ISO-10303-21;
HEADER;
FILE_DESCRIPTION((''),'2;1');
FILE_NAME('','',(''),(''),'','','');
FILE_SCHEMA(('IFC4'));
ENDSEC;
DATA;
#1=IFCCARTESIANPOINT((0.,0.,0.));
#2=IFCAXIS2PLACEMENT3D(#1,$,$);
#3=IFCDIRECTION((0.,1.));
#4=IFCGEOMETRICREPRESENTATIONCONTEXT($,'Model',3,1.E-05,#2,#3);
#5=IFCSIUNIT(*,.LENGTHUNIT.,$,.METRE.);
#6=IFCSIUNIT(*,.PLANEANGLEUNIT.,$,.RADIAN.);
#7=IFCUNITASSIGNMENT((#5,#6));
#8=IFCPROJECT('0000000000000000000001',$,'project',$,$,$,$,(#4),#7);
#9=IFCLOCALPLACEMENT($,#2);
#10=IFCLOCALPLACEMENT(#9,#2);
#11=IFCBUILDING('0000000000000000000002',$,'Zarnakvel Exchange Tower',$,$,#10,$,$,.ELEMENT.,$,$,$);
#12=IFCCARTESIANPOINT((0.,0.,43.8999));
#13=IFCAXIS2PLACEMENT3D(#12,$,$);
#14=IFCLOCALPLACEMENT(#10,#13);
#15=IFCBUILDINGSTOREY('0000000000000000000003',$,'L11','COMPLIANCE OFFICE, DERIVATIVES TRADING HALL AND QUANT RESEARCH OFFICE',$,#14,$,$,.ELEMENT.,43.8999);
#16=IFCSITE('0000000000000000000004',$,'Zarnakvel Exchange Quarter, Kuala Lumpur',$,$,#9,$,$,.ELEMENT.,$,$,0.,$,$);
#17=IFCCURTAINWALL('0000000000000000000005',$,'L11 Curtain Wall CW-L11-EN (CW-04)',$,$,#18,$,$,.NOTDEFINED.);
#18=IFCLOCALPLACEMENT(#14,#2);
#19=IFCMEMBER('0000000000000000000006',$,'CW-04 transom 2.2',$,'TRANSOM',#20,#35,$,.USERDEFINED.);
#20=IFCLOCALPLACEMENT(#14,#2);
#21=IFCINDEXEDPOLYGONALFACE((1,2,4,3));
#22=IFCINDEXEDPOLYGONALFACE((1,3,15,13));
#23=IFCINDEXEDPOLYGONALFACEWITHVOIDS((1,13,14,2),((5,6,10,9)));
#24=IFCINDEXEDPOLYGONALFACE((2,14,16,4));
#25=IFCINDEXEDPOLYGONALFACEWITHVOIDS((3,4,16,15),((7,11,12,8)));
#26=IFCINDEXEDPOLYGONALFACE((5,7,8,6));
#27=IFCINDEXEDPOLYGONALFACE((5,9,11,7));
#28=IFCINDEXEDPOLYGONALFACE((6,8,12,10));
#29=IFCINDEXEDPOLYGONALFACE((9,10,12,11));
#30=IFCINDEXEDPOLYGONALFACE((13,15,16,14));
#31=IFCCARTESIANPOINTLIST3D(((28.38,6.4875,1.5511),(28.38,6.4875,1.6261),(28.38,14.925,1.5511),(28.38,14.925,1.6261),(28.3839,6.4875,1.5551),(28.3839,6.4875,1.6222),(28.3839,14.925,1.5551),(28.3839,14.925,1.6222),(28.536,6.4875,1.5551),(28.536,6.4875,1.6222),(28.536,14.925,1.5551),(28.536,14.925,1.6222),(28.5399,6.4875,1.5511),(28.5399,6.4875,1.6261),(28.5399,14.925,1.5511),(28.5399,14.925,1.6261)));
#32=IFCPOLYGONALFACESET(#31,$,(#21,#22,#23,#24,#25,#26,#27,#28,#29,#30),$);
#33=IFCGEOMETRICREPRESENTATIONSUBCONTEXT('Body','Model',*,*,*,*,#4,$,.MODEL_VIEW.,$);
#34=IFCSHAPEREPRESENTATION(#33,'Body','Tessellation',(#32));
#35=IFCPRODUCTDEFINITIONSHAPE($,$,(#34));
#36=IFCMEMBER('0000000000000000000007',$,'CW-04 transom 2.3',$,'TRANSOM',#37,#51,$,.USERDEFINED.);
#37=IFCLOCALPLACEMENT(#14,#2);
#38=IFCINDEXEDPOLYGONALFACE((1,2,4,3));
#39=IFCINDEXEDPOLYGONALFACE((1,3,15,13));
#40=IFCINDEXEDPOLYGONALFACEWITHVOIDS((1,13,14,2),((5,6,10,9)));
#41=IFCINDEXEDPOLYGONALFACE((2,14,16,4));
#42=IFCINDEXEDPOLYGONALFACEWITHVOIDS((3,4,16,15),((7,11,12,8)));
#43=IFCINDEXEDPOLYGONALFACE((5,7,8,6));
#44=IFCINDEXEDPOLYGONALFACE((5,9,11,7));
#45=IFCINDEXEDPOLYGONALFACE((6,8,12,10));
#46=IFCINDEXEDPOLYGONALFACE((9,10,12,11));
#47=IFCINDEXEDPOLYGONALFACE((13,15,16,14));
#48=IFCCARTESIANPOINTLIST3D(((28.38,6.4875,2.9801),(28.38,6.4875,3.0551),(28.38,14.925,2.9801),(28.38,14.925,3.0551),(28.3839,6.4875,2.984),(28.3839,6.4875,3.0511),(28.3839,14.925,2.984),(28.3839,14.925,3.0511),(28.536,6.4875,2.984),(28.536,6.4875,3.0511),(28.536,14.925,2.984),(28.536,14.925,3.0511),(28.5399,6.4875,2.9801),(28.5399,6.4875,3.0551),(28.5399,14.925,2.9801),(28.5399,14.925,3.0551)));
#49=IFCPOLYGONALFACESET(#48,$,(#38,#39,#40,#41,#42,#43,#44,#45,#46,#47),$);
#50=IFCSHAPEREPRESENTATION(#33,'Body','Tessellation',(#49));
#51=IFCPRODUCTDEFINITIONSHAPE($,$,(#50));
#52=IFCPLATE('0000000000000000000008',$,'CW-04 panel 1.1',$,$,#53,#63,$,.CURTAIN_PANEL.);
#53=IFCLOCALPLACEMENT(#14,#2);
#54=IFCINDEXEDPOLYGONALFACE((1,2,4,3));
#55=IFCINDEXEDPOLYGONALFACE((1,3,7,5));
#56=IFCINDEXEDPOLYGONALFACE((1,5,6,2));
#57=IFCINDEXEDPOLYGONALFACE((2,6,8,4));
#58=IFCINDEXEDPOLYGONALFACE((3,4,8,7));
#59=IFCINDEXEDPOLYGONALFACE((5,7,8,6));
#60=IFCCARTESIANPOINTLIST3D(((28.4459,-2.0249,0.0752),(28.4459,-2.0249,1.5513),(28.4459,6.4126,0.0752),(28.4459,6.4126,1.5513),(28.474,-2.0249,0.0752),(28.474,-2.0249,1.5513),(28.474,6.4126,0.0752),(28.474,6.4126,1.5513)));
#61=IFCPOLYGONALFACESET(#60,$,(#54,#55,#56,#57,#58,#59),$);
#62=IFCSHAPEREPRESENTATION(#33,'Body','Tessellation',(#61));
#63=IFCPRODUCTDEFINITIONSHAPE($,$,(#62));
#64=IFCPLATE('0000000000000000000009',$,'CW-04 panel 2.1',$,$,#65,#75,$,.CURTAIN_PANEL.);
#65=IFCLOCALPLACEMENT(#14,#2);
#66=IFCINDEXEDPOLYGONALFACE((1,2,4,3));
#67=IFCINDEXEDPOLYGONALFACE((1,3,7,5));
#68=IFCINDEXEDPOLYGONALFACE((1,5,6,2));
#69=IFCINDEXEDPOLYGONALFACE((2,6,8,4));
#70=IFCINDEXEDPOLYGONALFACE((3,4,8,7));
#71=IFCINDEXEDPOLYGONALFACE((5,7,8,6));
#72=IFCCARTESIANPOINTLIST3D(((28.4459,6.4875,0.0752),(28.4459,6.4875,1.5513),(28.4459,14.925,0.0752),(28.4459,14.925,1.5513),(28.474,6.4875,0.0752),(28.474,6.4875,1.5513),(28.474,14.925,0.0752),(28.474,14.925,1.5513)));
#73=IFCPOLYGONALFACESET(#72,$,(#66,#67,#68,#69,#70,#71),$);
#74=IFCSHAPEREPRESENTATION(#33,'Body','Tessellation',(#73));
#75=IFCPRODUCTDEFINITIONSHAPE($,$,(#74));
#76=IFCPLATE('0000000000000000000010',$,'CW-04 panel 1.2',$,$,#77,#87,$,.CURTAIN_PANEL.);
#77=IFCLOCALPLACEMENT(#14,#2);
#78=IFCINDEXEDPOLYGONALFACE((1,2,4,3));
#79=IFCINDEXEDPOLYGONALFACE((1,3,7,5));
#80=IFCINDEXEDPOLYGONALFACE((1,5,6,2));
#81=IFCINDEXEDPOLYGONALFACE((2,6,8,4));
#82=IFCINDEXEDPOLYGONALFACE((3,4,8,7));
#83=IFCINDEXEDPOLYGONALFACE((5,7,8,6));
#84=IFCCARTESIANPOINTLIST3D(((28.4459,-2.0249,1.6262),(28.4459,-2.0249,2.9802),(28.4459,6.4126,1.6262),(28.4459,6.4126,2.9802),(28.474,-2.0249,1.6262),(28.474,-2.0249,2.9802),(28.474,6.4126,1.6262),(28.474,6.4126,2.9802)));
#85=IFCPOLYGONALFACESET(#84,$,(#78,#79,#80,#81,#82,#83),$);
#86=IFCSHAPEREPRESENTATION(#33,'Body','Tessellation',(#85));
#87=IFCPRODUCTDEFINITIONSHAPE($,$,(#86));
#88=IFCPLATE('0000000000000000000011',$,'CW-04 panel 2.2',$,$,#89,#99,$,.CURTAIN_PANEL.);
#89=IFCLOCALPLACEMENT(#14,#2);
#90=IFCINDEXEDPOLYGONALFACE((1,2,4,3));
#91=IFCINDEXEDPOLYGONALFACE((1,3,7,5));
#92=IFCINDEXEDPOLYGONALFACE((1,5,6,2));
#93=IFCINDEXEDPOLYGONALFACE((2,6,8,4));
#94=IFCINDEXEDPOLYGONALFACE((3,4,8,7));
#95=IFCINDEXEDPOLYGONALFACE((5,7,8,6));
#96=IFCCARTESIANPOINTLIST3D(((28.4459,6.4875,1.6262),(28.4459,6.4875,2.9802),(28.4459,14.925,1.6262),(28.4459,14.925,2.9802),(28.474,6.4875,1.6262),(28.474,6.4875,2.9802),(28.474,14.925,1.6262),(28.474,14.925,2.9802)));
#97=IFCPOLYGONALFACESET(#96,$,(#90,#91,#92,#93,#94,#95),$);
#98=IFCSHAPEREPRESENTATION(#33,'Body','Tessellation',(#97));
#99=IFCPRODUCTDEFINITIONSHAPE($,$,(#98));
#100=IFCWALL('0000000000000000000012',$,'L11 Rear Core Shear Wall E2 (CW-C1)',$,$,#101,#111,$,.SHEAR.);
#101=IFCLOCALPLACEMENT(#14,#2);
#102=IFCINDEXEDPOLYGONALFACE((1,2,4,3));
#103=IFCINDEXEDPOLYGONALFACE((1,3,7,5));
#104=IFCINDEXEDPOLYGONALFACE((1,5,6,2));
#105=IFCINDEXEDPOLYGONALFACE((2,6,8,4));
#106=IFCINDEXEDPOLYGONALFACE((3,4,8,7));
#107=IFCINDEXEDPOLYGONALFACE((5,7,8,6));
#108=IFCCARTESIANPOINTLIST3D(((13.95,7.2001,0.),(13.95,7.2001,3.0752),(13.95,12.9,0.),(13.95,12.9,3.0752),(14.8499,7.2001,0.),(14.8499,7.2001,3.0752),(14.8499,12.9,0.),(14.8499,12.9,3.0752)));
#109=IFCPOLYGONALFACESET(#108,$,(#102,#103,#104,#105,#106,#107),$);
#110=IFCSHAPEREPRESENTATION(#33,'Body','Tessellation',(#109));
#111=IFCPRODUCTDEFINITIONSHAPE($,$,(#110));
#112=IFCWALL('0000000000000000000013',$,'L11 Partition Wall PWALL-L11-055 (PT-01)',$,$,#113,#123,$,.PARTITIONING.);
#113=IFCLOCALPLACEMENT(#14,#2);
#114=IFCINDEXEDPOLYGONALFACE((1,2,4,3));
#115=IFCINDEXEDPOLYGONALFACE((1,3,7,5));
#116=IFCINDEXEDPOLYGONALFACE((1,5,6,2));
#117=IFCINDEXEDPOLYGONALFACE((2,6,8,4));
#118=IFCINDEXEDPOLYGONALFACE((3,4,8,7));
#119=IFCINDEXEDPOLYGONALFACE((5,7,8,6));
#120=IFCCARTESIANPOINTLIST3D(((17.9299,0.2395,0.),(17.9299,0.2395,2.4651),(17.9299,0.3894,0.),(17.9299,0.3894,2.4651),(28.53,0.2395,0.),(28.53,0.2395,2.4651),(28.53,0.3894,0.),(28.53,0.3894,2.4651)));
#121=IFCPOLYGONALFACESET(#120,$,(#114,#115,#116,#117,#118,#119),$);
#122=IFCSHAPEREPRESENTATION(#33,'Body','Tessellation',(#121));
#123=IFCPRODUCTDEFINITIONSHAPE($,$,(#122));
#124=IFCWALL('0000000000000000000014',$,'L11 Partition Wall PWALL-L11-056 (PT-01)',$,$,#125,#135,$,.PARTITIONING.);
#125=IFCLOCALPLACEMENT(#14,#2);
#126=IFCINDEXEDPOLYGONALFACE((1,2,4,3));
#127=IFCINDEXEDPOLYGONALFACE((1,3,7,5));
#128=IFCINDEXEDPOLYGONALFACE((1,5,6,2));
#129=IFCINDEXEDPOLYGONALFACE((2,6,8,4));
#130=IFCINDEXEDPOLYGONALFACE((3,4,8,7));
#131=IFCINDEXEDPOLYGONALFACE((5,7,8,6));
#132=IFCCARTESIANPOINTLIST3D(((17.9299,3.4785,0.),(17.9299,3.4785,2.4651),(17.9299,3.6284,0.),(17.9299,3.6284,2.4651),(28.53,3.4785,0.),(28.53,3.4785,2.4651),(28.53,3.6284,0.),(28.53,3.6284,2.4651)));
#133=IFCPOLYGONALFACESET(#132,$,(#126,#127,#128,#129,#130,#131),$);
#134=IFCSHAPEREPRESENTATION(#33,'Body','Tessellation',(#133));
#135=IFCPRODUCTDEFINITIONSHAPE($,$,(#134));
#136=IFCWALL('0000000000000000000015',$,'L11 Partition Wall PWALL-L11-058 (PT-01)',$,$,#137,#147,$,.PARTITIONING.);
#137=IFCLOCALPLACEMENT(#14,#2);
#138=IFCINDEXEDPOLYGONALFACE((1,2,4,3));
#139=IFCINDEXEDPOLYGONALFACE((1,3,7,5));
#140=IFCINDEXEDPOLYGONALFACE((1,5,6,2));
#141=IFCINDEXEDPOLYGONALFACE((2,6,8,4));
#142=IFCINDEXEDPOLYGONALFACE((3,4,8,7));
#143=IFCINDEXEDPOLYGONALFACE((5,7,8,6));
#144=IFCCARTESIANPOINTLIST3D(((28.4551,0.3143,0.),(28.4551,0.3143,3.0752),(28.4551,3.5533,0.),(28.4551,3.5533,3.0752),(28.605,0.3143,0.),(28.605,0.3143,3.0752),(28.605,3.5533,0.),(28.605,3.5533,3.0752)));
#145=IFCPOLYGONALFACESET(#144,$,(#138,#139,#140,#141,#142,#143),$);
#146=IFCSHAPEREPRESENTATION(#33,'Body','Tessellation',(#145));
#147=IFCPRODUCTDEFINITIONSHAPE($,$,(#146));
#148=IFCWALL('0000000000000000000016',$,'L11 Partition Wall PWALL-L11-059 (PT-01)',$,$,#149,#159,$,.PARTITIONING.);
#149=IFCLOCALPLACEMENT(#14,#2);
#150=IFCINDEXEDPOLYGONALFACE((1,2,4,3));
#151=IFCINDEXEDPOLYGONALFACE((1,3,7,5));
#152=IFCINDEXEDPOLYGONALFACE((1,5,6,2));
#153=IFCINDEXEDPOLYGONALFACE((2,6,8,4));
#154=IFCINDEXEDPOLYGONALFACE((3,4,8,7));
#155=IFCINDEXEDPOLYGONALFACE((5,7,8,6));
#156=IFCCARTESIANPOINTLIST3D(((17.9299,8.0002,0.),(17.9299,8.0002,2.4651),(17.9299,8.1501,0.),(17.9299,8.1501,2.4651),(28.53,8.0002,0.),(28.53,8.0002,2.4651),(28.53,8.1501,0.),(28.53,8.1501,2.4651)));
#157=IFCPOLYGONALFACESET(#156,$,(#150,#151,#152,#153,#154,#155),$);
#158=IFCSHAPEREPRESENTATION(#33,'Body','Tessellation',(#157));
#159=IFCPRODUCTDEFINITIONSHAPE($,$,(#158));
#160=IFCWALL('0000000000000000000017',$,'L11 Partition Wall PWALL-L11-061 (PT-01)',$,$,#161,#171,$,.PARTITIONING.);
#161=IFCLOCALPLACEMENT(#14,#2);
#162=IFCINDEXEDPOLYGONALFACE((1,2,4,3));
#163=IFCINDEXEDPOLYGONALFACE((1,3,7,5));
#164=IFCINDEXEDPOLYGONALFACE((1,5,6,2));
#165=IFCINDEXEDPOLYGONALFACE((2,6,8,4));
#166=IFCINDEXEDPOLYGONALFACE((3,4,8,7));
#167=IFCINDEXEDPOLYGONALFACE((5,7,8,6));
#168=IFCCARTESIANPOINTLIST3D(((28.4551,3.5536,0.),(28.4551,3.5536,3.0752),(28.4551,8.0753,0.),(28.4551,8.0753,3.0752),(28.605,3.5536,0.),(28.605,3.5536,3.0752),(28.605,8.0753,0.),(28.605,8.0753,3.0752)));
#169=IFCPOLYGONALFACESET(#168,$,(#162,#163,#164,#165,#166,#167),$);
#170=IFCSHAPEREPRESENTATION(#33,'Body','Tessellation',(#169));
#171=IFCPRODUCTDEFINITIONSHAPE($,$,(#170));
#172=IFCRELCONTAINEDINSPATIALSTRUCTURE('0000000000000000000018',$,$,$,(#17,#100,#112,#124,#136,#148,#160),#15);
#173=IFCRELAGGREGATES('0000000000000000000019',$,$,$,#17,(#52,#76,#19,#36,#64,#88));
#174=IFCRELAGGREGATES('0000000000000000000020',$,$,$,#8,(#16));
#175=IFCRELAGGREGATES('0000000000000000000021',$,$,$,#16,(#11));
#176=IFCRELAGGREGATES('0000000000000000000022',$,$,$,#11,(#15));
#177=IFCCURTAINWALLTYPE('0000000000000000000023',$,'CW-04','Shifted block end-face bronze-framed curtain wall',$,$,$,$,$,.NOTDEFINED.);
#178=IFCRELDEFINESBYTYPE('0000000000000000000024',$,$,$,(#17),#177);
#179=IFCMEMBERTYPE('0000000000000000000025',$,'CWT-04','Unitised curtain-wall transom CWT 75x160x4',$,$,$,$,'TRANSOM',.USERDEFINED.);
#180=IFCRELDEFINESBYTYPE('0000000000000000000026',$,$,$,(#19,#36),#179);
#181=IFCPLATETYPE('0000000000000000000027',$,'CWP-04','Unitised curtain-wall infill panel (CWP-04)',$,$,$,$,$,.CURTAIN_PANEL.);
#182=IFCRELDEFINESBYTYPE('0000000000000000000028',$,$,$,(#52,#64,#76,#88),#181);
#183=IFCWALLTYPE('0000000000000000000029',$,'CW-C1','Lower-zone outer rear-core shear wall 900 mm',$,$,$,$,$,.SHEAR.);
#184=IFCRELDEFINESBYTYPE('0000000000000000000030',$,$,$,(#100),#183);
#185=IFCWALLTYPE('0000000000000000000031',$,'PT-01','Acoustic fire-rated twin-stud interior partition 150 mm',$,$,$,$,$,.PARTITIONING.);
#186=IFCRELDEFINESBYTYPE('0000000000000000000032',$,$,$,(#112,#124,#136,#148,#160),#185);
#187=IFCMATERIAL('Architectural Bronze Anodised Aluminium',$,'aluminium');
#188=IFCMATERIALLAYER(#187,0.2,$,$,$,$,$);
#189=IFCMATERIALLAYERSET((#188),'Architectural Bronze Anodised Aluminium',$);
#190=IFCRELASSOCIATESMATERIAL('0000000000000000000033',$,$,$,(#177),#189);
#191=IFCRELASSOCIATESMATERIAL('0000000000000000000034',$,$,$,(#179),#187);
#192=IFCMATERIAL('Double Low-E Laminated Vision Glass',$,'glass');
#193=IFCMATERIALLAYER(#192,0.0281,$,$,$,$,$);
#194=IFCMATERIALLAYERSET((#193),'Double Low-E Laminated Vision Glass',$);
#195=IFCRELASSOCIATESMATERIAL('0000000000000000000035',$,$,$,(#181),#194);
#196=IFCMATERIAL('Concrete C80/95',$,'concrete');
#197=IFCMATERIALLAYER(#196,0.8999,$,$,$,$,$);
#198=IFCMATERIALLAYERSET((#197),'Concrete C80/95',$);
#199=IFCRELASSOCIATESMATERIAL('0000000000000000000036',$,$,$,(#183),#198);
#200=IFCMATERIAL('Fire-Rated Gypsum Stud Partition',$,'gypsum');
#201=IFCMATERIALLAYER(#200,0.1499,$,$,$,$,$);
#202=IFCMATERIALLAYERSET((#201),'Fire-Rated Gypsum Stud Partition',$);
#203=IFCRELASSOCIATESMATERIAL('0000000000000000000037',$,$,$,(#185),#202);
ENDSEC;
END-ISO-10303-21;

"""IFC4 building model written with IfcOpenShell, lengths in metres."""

from ifc_helpers import new_model, si_unit, direction, frame, frame_2d, origin, origin_2d, place, context, subcontext, project, spatial, rectangle, hollow_rectangle, extrude, source, transform, mapped, material, layer, layer_set, material_profile, profile_set, type_object, element, aggregate, save


model = new_model("IFC4")

# Units and contexts
model_context = context("Model", 3, precision=1e-05, world=origin(), true_north=direction((0.0, 1.0)))
body_context = subcontext(model_context, "Body", "Model", "MODEL_VIEW")
ifc_project = project(units=[si_unit("LENGTHUNIT", "METRE"), si_unit("PLANEANGLEUNIT", "RADIAN")], contexts=[model_context])

# Site, building, storey
site_placement = place(None, origin())
site = spatial("IfcSite", under=ifc_project, at=site_placement, Name="Zarnakvel Exchange Quarter, Kuala Lumpur", CompositionType="ELEMENT", RefElevation=0.0)
building_placement = place(site_placement, origin())
building = spatial("IfcBuilding", under=site, at=building_placement, Name="Zarnakvel Exchange Tower", CompositionType="ELEMENT")
storey_placement = place(building_placement, frame((0.0, 0.0, 43.8999)))
storey = spatial("IfcBuildingStorey", under=building, at=storey_placement, Name="L11", Description="COMPLIANCE OFFICE, DERIVATIVES TRADING HALL AND QUANT RESEARCH OFFICE", CompositionType="ELEMENT", Elevation=43.8999)

# Shared definitions
ifc_material_1 = material(Name="Concrete C80/95", Category="concrete")

# Curtain wall, members, plates
ifc_material_2 = material(Name="Architectural Bronze Anodised Aluminium", Category="aluminium")
ifc_layer_1 = layer(ifc_material_2, 0.2)
ifc_layer_set_1 = layer_set([ifc_layer_1], Name="Architectural Bronze Anodised Aluminium")
curtain_wall_type = type_object("IfcCurtainWallType", Name="CW-04", Description="Shifted block end-face bronze-framed curtain wall", PredefinedType="NOTDEFINED", material=ifc_layer_set_1)
curtain_wall_placement = place(storey_placement, origin())
curtain_wall = element("IfcCurtainWall", 1, at=curtain_wall_placement, inside=storey, type_object=curtain_wall_type, Name="L11 Curtain Wall CW-L11-EN (CW-04)", PredefinedType="NOTDEFINED")
ifc_material_profile_1 = material_profile(ifc_material_2, hollow_rectangle(XDim=0.1599, YDim=0.075, WallThickness=0.0039, at=origin_2d()))
ifc_profile_set_1 = profile_set([ifc_material_profile_1], Name="Architectural Bronze Anodised Aluminium")
member_type_1 = type_object("IfcMemberType", Name="CWT-04", Description="Unitised curtain-wall transom CWT 75x160x4", ElementType="TRANSOM", PredefinedType="USERDEFINED", material=ifc_profile_set_1)
shared_shape_1 = source(origin(), body_context, "Body", "SweptSolid", [
    extrude(hollow_rectangle(XDim=0.1599, YDim=0.075, WallThickness=0.0039, at=origin_2d()), origin(), (0.0, 0.0, 1.0), 8.4375),
])
member_1_placement = place(storey_placement, frame((28.46, 6.4875, 1.5886), z_axis=(0.0, 1.0, 0.0), x_axis=(-1.0, 0.0, 0.0)))
member_1 = element("IfcMember", 2, at=member_1_placement, type_object=member_type_1, Name="CW-04 transom 2.2", ObjectType="TRANSOM", PredefinedType="USERDEFINED", context=body_context, shape_type="MappedRepresentation", body=[
    mapped(shared_shape_1, transform((0.0, 0.0, 0.0), x_axis=(1.0, 0.0, 0.0), y_axis=(0.0, 1.0, 0.0), z_axis=(0.0, 0.0, 1.0), scale=1.0)),
])
member_2_placement = place(storey_placement, frame((28.46, 6.4875, 3.0176), z_axis=(0.0, 1.0, 0.0), x_axis=(-1.0, 0.0, 0.0)))
member_2 = element("IfcMember", 3, at=member_2_placement, type_object=member_type_1, Name="CW-04 transom 2.3", ObjectType="TRANSOM", PredefinedType="USERDEFINED", context=body_context, shape_type="MappedRepresentation", body=[
    mapped(shared_shape_1, transform((0.0, 0.0, 0.0), x_axis=(1.0, 0.0, 0.0), y_axis=(0.0, 1.0, 0.0), z_axis=(0.0, 0.0, 1.0), scale=1.0)),
])
ifc_material_3 = material(Name="Double Low-E Laminated Vision Glass", Category="glass")
ifc_layer_2 = layer(ifc_material_3, 0.0281)
ifc_layer_set_2 = layer_set([ifc_layer_2], Name="Double Low-E Laminated Vision Glass")
plate_type = type_object("IfcPlateType", Name="CWP-04", Description="Unitised curtain-wall infill panel (CWP-04)", PredefinedType="CURTAIN_PANEL", material=ifc_layer_set_2)
shared_shape_2 = source(origin(), body_context, "Body", "SweptSolid", [
    extrude(rectangle(XDim=8.4375, YDim=0.0281, at=origin_2d()), origin(), (0.0, 0.0, 1.0), 1.4761),
])
plate_1_placement = place(storey_placement, frame((28.46, 2.1938, 0.0752), z_axis=(0.0, 0.0, 1.0), x_axis=(0.0, 1.0, 0.0)))
plate_1 = element("IfcPlate", 4, at=plate_1_placement, type_object=plate_type, Name="CW-04 panel 1.1", PredefinedType="CURTAIN_PANEL", context=body_context, shape_type="MappedRepresentation", body=[
    mapped(shared_shape_2, transform((0.0, 0.0, 0.0), x_axis=(1.0, 0.0, 0.0), y_axis=(0.0, 1.0, 0.0), z_axis=(0.0, 0.0, 1.0), scale=1.0)),
])
plate_2_placement = place(storey_placement, frame((28.46, 10.7063, 0.0752), z_axis=(0.0, 0.0, 1.0), x_axis=(0.0, 1.0, 0.0)))
plate_2 = element("IfcPlate", 5, at=plate_2_placement, type_object=plate_type, Name="CW-04 panel 2.1", PredefinedType="CURTAIN_PANEL", context=body_context, shape_type="MappedRepresentation", body=[
    mapped(shared_shape_2, transform((0.0, 0.0, 0.0), x_axis=(1.0, 0.0, 0.0), y_axis=(0.0, 1.0, 0.0), z_axis=(0.0, 0.0, 1.0), scale=1.0)),
])
shared_shape_3 = source(origin(), body_context, "Body", "SweptSolid", [
    extrude(rectangle(XDim=8.4375, YDim=0.0281, at=origin_2d()), origin(), (0.0, 0.0, 1.0), 1.354),
])
plate_3_placement = place(storey_placement, frame((28.46, 2.1938, 1.6262), z_axis=(0.0, 0.0, 1.0), x_axis=(0.0, 1.0, 0.0)))
plate_3 = element("IfcPlate", 6, at=plate_3_placement, type_object=plate_type, Name="CW-04 panel 1.2", PredefinedType="CURTAIN_PANEL", context=body_context, shape_type="MappedRepresentation", body=[
    mapped(shared_shape_3, transform((0.0, 0.0, 0.0), x_axis=(1.0, 0.0, 0.0), y_axis=(0.0, 1.0, 0.0), z_axis=(0.0, 0.0, 1.0), scale=1.0)),
])
plate_4_placement = place(storey_placement, frame((28.46, 10.7063, 1.6262), z_axis=(0.0, 0.0, 1.0), x_axis=(0.0, 1.0, 0.0)))
plate_4 = element("IfcPlate", 7, at=plate_4_placement, type_object=plate_type, Name="CW-04 panel 2.2", PredefinedType="CURTAIN_PANEL", context=body_context, shape_type="MappedRepresentation", body=[
    mapped(shared_shape_3, transform((0.0, 0.0, 0.0), x_axis=(1.0, 0.0, 0.0), y_axis=(0.0, 1.0, 0.0), z_axis=(0.0, 0.0, 1.0), scale=1.0)),
])
aggregate(curtain_wall, [plate_1, plate_3, member_1, member_2, plate_2, plate_4])

# Walls
ifc_layer_3 = layer(ifc_material_1, 0.8999)
ifc_layer_set_3 = layer_set([ifc_layer_3], Name="Concrete C80/95")
wall_type_1 = type_object("IfcWallType", Name="CW-C1", Description="Lower-zone outer rear-core shear wall 900 mm", PredefinedType="SHEAR", material=ifc_layer_set_3)
wall_1_placement = place(storey_placement, frame((14.3999, 7.2, 0.0), z_axis=(0.0, 0.0, 1.0), x_axis=(0.0, 1.0, 0.0)))
element("IfcWall", 8, at=wall_1_placement, inside=storey, type_object=wall_type_1, Name="L11 Rear Core Shear Wall E2 (CW-C1)", PredefinedType="SHEAR", context=body_context, shape_type="SweptSolid", body=[
    extrude(rectangle(XDim=5.7, YDim=0.8999, at=frame_2d((2.8501, 0.0))), origin(), (0.0, 0.0, 1.0), 3.0752),
])
ifc_material_4 = material(Name="Fire-Rated Gypsum Stud Partition", Category="gypsum")
ifc_layer_4 = layer(ifc_material_4, 0.1499)
ifc_layer_set_4 = layer_set([ifc_layer_4], Name="Fire-Rated Gypsum Stud Partition")
wall_type_2 = type_object("IfcWallType", Name="PT-01", Description="Acoustic fire-rated twin-stud interior partition 150 mm", PredefinedType="PARTITIONING", material=ifc_layer_set_4)
for number, where, z_axis, x_axis, name in (
    (9, (28.53, 0.3145, 0.0), (0.0, 0.0, 1.0), (-1.0, 0.0, 0.0), "L11 Partition Wall PWALL-L11-055 (PT-01)"),
    (10, (17.9299, 3.5535, 0.0), (0.0, 0.0, 1.0), (1.0, 0.0, 0.0), "L11 Partition Wall PWALL-L11-056 (PT-01)"),
):
    element("IfcWall", number, at=place(storey_placement, frame(where, z_axis=z_axis, x_axis=x_axis)), inside=storey, type_object=wall_type_2, Name=name, PredefinedType="PARTITIONING", context=body_context, shape_type="SweptSolid", body=[
        extrude(rectangle(XDim=10.6001, YDim=0.1499, at=frame_2d((5.3, 0.0))), origin(), (0.0, 0.0, 1.0), 2.4651),
    ])
wall_2_placement = place(storey_placement, frame((28.53, 3.5535, 0.0), z_axis=(0.0, 0.0, 1.0), x_axis=(0.0, -1.0, 0.0)))
element("IfcWall", 11, at=wall_2_placement, inside=storey, type_object=wall_type_2, Name="L11 Partition Wall PWALL-L11-058 (PT-01)", PredefinedType="PARTITIONING", context=body_context, shape_type="SweptSolid", body=[
    extrude(rectangle(XDim=3.239, YDim=0.1499, at=frame_2d((1.6196, 0.0))), origin(), (0.0, 0.0, 1.0), 3.0752),
])
wall_3_placement = place(storey_placement, frame((17.9299, 8.0752, 0.0), z_axis=(0.0, 0.0, 1.0), x_axis=(1.0, 0.0, 0.0)))
element("IfcWall", 12, at=wall_3_placement, inside=storey, type_object=wall_type_2, Name="L11 Partition Wall PWALL-L11-059 (PT-01)", PredefinedType="PARTITIONING", context=body_context, shape_type="SweptSolid", body=[
    extrude(rectangle(XDim=10.6001, YDim=0.1499, at=frame_2d((5.3, 0.0))), origin(), (0.0, 0.0, 1.0), 2.4651),
])

# Wall
wall_4_placement = place(storey_placement, frame((28.53, 8.0752, 0.0), z_axis=(0.0, 0.0, 1.0), x_axis=(0.0, -1.0, 0.0)))
element("IfcWall", 13, at=wall_4_placement, inside=storey, type_object=wall_type_2, Name="L11 Partition Wall PWALL-L11-061 (PT-01)", PredefinedType="PARTITIONING", context=body_context, shape_type="SweptSolid", body=[
    extrude(rectangle(XDim=4.5217, YDim=0.1499, at=frame_2d((2.2607, 0.0))), origin(), (0.0, 0.0, 1.0), 3.0752),
])

save(model, "model.ifc")
